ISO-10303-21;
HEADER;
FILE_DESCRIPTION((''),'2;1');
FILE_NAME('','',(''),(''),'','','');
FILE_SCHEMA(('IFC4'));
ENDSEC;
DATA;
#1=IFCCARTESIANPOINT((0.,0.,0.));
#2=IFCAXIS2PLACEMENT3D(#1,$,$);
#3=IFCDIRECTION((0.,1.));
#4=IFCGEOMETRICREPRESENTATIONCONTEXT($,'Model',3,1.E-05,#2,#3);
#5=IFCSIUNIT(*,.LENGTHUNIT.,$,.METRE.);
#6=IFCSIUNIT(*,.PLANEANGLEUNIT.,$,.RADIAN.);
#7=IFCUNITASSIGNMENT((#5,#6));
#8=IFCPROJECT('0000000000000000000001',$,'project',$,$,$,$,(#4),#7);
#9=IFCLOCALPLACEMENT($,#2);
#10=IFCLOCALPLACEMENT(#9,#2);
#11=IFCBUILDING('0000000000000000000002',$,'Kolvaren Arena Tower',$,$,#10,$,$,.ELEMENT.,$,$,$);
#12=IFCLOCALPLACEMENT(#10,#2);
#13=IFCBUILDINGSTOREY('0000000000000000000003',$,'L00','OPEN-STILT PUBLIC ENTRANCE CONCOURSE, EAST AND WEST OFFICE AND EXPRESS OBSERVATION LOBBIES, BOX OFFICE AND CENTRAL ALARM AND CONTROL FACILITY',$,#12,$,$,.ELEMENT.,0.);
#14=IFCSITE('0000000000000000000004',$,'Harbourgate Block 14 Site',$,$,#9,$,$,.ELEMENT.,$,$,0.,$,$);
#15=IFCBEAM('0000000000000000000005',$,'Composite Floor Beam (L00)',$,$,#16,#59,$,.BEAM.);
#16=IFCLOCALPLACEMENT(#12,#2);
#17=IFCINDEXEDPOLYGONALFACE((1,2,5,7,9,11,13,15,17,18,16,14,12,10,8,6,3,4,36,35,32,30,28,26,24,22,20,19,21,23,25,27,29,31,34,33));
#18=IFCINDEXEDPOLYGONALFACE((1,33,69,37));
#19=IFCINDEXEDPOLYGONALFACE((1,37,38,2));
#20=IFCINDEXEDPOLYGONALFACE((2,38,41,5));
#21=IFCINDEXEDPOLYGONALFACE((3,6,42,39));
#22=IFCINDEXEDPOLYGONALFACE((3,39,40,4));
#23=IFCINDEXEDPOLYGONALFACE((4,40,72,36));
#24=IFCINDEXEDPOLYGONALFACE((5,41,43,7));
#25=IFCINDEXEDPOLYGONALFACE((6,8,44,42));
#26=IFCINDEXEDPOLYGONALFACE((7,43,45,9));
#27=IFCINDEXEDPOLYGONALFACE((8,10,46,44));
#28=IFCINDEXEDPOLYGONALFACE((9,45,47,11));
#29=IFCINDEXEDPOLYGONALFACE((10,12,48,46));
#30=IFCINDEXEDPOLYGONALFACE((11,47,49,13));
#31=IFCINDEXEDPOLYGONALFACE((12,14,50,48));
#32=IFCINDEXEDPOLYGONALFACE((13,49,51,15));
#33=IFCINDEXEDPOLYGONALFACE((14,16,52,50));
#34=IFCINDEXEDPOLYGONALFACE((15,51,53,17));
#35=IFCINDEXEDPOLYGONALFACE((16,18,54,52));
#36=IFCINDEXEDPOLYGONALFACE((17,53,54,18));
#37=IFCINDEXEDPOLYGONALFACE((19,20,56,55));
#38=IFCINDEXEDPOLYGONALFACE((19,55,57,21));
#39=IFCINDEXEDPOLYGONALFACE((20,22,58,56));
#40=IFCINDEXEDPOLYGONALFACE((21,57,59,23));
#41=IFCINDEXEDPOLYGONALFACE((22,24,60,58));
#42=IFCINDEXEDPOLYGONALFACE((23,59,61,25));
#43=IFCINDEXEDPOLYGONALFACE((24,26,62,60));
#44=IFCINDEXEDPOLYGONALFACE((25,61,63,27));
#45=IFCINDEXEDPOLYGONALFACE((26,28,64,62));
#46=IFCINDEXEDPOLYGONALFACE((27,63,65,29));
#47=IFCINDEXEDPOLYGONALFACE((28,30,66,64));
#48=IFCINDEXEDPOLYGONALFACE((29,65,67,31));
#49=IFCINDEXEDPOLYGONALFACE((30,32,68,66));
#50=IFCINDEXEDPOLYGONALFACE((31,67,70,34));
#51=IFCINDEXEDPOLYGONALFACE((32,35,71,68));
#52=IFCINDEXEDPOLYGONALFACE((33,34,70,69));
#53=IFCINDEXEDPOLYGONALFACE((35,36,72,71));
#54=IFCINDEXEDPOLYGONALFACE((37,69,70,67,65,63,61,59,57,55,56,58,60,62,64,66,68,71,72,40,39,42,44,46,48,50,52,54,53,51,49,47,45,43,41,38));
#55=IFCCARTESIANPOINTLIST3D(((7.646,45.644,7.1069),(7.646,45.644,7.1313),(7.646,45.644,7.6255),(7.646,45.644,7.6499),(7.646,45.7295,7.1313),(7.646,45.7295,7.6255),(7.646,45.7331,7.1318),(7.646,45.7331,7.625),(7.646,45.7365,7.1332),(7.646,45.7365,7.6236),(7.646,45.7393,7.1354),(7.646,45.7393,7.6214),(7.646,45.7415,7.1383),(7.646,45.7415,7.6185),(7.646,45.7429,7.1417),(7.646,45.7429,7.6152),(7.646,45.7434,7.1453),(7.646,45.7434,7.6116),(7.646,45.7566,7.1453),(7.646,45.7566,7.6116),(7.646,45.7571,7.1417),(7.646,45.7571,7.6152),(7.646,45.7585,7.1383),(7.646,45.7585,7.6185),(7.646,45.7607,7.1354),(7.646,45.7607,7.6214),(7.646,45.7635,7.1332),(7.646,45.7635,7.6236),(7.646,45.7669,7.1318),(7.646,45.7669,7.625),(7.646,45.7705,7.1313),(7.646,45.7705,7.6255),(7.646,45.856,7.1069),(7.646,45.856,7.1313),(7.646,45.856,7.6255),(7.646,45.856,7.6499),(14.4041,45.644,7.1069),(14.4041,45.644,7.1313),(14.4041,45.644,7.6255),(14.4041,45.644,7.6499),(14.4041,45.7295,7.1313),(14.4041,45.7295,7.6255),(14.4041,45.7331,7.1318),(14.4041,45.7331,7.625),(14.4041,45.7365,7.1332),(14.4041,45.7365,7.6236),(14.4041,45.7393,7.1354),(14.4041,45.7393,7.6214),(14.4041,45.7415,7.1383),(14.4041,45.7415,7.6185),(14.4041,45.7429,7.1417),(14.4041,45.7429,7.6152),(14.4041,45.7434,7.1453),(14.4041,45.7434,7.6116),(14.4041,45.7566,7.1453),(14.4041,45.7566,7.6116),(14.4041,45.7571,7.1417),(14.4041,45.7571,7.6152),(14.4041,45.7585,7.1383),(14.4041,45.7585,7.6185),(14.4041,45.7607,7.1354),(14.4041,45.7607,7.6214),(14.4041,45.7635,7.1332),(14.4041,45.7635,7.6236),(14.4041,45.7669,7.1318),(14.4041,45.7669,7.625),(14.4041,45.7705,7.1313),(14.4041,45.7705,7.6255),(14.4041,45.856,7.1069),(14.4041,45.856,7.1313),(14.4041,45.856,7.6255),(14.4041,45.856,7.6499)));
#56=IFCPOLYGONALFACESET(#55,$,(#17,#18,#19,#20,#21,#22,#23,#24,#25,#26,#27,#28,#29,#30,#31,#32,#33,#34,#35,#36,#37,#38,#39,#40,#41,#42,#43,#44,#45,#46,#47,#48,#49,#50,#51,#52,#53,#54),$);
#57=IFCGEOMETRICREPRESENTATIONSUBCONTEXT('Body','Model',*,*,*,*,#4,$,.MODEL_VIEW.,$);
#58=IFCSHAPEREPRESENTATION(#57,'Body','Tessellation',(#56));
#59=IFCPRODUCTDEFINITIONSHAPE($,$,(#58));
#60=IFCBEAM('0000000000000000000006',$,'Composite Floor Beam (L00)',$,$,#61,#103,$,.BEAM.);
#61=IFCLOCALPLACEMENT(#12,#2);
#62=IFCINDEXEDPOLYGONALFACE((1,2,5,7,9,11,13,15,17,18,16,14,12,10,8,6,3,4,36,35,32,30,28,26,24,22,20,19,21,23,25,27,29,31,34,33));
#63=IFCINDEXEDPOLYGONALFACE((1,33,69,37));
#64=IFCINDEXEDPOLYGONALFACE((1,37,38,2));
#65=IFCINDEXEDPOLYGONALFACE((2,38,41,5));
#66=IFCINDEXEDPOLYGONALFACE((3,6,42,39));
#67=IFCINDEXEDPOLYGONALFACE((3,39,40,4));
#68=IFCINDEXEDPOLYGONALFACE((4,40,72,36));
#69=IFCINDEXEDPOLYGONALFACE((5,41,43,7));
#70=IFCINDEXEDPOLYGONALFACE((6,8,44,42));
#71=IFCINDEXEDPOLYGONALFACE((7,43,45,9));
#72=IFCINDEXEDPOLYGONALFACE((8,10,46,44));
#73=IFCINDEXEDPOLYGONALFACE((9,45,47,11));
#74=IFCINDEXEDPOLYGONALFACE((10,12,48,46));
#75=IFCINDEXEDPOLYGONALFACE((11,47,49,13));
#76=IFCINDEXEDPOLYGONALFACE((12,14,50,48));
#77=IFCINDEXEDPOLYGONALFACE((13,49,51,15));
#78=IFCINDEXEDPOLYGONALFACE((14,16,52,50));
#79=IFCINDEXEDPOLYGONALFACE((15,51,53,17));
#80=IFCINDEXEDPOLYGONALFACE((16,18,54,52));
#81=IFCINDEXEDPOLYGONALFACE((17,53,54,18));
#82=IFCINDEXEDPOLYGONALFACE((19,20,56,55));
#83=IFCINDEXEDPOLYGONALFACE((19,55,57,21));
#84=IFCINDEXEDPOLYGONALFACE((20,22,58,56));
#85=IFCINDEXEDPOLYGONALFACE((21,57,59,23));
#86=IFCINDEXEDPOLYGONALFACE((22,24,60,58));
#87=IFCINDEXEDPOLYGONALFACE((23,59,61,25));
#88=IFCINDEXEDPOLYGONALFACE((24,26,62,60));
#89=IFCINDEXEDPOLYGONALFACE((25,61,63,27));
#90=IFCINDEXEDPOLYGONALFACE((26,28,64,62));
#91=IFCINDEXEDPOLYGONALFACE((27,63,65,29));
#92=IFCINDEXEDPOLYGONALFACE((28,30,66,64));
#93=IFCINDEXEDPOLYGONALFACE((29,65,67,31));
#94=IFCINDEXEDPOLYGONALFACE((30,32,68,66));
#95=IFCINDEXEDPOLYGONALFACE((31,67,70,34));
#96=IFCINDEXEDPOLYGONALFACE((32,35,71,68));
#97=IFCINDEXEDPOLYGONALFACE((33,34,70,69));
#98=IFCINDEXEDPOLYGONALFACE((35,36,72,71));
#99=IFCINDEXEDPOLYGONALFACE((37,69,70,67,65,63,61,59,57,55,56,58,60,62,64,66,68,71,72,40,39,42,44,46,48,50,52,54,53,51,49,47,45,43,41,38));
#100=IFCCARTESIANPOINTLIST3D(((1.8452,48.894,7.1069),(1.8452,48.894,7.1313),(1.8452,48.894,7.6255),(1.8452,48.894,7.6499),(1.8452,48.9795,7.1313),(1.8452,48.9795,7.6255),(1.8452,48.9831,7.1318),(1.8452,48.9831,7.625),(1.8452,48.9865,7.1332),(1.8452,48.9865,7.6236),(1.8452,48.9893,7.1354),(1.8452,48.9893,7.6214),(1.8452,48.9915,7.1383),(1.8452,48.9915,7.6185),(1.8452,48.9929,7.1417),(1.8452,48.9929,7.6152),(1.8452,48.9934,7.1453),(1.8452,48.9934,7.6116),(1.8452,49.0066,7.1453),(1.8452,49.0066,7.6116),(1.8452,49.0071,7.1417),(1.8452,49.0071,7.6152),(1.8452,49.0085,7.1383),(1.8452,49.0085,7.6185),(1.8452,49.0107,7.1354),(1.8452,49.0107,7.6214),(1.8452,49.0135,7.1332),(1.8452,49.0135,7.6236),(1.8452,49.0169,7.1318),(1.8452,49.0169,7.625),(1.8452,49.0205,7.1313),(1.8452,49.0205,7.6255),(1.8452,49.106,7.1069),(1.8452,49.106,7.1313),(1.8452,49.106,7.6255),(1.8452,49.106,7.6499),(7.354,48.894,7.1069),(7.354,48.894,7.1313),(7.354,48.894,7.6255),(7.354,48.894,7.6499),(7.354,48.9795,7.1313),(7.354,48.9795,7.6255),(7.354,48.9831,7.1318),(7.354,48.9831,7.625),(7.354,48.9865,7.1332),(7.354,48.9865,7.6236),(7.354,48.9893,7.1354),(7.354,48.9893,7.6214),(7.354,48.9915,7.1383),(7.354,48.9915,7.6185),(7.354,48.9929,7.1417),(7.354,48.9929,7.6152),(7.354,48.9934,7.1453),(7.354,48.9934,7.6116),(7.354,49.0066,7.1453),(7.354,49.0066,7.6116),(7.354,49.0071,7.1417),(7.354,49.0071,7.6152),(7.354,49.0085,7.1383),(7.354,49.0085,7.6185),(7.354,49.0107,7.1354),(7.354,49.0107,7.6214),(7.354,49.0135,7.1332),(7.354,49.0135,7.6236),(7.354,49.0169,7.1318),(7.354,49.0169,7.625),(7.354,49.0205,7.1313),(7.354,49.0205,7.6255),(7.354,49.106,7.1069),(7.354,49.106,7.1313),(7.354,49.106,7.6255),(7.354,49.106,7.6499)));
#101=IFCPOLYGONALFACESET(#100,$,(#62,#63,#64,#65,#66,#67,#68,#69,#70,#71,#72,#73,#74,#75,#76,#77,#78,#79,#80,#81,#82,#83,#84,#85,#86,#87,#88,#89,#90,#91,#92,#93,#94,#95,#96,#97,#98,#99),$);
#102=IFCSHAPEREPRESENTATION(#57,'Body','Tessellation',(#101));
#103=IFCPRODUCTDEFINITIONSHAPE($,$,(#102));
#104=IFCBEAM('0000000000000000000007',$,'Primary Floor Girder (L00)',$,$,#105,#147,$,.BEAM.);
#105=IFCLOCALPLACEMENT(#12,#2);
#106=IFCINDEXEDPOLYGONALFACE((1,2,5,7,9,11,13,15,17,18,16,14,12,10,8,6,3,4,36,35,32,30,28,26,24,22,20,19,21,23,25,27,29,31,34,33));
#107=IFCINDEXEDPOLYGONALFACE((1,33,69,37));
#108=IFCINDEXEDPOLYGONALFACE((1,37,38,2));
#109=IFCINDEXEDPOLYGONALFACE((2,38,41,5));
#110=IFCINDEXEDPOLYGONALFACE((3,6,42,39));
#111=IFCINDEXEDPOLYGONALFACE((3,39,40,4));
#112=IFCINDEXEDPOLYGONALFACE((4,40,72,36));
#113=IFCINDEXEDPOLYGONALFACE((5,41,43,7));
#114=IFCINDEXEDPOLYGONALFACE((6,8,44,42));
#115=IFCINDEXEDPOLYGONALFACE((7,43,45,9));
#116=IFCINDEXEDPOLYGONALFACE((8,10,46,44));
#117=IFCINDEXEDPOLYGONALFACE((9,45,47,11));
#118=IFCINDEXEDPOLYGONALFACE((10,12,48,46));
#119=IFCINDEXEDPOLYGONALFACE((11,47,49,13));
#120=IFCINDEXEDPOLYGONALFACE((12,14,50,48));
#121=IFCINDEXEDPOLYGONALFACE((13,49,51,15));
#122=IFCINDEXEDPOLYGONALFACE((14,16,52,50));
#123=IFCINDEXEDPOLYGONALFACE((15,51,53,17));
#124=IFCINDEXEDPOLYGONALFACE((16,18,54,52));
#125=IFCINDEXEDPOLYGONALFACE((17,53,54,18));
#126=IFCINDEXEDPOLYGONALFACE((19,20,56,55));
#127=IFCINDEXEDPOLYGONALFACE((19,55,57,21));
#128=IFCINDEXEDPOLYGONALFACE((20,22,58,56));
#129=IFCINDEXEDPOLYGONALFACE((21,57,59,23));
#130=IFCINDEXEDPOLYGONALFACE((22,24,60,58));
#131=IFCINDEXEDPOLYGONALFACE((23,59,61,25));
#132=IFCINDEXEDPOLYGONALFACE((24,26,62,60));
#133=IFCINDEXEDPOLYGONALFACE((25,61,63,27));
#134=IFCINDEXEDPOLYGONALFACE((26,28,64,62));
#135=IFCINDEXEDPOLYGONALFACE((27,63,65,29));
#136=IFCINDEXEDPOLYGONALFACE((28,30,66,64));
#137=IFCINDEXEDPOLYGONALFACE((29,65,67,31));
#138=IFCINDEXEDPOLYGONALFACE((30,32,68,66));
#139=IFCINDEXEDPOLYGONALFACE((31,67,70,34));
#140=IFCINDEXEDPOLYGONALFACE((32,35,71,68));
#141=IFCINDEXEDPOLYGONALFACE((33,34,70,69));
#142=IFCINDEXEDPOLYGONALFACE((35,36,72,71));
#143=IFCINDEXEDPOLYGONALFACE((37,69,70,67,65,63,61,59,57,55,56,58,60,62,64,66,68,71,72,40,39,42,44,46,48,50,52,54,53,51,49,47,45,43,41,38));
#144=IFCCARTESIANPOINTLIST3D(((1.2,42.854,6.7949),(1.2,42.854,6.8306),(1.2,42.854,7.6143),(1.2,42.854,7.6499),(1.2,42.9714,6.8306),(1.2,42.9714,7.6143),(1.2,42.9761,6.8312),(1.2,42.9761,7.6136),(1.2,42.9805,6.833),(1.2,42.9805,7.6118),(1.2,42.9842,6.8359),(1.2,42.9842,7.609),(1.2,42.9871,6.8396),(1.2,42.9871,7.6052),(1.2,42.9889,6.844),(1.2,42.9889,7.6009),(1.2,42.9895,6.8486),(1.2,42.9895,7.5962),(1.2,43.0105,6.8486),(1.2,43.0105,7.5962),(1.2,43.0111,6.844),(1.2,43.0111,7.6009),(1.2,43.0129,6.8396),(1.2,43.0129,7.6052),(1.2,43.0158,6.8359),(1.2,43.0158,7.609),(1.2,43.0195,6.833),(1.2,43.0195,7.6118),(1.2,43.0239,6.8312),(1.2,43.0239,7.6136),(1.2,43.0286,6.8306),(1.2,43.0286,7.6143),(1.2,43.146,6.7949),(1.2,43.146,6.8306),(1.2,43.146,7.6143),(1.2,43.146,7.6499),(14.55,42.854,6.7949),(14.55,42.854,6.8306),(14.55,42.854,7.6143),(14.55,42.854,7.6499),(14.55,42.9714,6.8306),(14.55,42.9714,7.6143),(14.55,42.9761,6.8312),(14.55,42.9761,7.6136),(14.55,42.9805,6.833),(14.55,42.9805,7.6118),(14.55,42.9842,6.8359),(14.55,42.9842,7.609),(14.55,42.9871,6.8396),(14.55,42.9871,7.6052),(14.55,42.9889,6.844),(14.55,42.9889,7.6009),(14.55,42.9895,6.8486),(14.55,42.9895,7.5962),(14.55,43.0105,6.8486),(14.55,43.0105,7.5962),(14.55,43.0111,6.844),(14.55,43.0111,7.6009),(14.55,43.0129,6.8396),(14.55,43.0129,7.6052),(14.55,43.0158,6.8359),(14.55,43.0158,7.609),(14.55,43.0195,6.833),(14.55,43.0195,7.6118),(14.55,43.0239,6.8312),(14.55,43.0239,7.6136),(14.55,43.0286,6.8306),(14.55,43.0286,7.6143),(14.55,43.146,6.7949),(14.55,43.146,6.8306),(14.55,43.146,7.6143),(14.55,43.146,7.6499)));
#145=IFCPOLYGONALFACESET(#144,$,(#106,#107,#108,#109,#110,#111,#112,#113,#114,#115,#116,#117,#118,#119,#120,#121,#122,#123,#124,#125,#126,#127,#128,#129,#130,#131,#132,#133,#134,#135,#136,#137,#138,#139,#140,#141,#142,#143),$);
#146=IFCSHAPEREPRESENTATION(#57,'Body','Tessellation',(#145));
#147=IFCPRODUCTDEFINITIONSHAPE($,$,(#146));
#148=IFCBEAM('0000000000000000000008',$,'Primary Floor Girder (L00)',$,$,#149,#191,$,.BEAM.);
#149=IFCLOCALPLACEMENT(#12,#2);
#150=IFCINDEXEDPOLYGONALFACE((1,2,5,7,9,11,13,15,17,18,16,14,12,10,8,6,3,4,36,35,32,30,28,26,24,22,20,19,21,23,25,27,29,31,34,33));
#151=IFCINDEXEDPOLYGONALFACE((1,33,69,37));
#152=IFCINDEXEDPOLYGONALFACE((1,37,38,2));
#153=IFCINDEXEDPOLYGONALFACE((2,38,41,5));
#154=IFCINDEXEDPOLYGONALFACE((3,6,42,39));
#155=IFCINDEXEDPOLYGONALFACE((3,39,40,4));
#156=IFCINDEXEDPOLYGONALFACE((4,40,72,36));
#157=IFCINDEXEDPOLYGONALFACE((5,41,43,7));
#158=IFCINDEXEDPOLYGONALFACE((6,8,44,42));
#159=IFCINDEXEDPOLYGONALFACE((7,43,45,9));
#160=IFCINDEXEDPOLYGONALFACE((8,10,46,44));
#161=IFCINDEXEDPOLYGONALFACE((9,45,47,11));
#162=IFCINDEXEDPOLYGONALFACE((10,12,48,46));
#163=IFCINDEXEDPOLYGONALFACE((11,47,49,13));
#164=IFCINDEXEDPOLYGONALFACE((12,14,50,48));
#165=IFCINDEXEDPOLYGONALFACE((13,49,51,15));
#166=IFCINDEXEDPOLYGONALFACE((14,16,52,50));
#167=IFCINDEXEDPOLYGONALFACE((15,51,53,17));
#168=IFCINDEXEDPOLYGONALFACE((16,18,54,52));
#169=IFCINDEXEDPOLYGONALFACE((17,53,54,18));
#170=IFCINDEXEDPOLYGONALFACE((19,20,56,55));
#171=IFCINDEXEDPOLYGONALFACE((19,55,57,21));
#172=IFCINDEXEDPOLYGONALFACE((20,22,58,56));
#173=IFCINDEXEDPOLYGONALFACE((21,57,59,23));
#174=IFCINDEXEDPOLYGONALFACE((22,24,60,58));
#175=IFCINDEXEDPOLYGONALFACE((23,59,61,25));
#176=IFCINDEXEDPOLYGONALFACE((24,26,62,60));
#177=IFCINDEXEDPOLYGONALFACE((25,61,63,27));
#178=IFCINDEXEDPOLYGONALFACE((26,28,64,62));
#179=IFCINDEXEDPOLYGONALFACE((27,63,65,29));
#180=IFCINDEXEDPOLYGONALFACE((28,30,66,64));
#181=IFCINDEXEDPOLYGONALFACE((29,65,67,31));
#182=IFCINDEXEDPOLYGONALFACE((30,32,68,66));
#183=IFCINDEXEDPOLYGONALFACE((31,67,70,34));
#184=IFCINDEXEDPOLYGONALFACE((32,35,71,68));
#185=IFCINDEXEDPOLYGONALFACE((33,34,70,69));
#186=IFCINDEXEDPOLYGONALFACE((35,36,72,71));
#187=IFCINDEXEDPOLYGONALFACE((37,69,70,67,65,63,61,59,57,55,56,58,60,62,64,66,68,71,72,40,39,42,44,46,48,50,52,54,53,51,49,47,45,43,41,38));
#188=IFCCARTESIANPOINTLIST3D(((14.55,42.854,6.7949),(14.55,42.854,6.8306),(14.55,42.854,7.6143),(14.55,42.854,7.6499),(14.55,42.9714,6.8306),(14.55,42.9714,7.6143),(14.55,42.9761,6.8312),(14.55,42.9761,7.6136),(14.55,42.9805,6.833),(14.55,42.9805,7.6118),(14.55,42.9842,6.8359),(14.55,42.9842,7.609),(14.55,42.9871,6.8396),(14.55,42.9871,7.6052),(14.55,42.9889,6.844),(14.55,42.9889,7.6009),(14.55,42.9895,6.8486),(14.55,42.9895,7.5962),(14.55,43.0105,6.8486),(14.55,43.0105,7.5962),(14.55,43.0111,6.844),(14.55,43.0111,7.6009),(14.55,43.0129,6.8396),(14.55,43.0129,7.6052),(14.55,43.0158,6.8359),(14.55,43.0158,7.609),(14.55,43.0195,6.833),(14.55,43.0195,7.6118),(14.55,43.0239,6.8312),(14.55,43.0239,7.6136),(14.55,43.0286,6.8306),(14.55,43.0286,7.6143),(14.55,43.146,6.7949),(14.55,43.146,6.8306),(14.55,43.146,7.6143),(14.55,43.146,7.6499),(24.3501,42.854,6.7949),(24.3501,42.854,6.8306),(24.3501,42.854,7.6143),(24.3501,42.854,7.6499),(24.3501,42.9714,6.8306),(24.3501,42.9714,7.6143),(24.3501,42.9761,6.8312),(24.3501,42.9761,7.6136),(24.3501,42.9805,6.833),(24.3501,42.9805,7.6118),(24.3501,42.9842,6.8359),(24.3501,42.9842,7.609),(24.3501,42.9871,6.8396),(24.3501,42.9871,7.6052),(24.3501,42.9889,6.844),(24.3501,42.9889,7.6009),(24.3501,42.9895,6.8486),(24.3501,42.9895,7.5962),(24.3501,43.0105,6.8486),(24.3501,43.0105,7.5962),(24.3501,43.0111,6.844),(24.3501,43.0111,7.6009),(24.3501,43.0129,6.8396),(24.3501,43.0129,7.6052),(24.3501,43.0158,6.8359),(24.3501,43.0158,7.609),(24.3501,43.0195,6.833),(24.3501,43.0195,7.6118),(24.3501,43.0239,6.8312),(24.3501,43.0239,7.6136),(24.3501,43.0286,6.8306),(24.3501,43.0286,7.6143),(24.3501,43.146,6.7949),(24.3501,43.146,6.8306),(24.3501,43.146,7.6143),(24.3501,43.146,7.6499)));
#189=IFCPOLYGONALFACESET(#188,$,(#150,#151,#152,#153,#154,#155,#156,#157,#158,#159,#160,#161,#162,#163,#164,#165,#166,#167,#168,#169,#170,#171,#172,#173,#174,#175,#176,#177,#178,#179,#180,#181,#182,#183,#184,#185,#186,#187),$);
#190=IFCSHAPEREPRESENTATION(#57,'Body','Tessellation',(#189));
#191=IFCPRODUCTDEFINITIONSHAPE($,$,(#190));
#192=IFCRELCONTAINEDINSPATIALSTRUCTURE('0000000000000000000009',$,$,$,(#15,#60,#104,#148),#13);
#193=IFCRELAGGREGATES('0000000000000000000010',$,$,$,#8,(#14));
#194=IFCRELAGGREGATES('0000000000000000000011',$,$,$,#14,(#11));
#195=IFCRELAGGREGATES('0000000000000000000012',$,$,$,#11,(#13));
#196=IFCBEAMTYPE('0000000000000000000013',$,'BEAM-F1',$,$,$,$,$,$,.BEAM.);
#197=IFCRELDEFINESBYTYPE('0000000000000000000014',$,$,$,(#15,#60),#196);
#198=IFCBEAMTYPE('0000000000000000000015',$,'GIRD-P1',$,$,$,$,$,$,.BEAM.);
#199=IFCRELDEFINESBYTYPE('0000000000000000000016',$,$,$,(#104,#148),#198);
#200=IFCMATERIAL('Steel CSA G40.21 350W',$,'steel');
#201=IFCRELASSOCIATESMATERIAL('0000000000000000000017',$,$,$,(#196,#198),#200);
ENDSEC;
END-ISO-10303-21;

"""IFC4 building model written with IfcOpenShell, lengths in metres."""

from ifc_helpers import new_model, si_unit, direction, frame, origin, origin_2d, place, context, subcontext, project, spatial, i_section, extrude, material, material_profile, profile_set, type_object, element, save


model = new_model("IFC4")

# Units and contexts
model_context = context("Model", 3, precision=1e-05, world=origin(), true_north=direction((0.0, 1.0)))
body_context = subcontext(model_context, "Body", "Model", "MODEL_VIEW")
ifc_project = project(units=[si_unit("LENGTHUNIT", "METRE"), si_unit("PLANEANGLEUNIT", "RADIAN")], contexts=[model_context])

# Site, building, storey
site_placement = place(None, origin())
site = spatial("IfcSite", under=ifc_project, at=site_placement, Name="Harbourgate Block 14 Site", CompositionType="ELEMENT", RefElevation=0.0)
building_placement = place(site_placement, origin())
building = spatial("IfcBuilding", under=site, at=building_placement, Name="Kolvaren Arena Tower", CompositionType="ELEMENT")
storey_placement = place(building_placement, origin())
storey = spatial("IfcBuildingStorey", under=building, at=storey_placement, Name="L00", Description="OPEN-STILT PUBLIC ENTRANCE CONCOURSE, EAST AND WEST OFFICE AND EXPRESS OBSERVATION LOBBIES, BOX OFFICE AND CENTRAL ALARM AND CONTROL FACILITY", CompositionType="ELEMENT", Elevation=0.0)

# Beams
ifc_material_1 = material(Name="Steel CSA G40.21 350W", Category="steel")
ifc_material_profile_1 = material_profile(ifc_material_1, i_section(OverallWidth=0.2119, OverallDepth=0.543, WebThickness=0.0132, FlangeThickness=0.0244, FilletRadius=0.0139, at=origin_2d()), Name="W530x150")
ifc_profile_set_1 = profile_set([ifc_material_profile_1], Name="Steel CSA G40.21 350W")
beam_type_1 = type_object("IfcBeamType", Name="BEAM-F1", PredefinedType="BEAM", material=ifc_profile_set_1)
beam_1_placement = place(storey_placement, frame((7.646, 45.75, 7.3784), z_axis=(1.0, 0.0, 0.0), x_axis=(0.0, 1.0, 0.0)))
element("IfcBeam", 1, at=beam_1_placement, inside=storey, type_object=beam_type_1, Name="Composite Floor Beam (L00)", PredefinedType="BEAM", context=body_context, shape_type="SweptSolid", body=[
    extrude(i_section(OverallWidth=0.2119, OverallDepth=0.543, WebThickness=0.0132, FlangeThickness=0.0244, FilletRadius=0.0139, at=origin_2d()), origin(), (0.0, 0.0, 1.0), 6.7581),
])
beam_2_placement = place(storey_placement, frame((1.8452, 49.0, 7.3784), z_axis=(1.0, 0.0, 0.0), x_axis=(0.0, 1.0, 0.0)))
element("IfcBeam", 2, at=beam_2_placement, inside=storey, type_object=beam_type_1, Name="Composite Floor Beam (L00)", PredefinedType="BEAM", context=body_context, shape_type="SweptSolid", body=[
    extrude(i_section(OverallWidth=0.2119, OverallDepth=0.543, WebThickness=0.0132, FlangeThickness=0.0244, FilletRadius=0.0139, at=origin_2d()), origin(), (0.0, 0.0, 1.0), 5.5088),
])
ifc_material_profile_2 = material_profile(ifc_material_1, i_section(OverallWidth=0.292, OverallDepth=0.855, WebThickness=0.021, FlangeThickness=0.0356, FilletRadius=0.0181, at=origin_2d()), Name="W840x299")
ifc_profile_set_2 = profile_set([ifc_material_profile_2], Name="Steel CSA G40.21 350W")
beam_type_2 = type_object("IfcBeamType", Name="GIRD-P1", PredefinedType="BEAM", material=ifc_profile_set_2)
beam_3_placement = place(storey_placement, frame((1.2, 43.0, 7.2224), z_axis=(1.0, 0.0, 0.0), x_axis=(0.0, 1.0, 0.0)))
element("IfcBeam", 3, at=beam_3_placement, inside=storey, type_object=beam_type_2, Name="Primary Floor Girder (L00)", PredefinedType="BEAM", context=body_context, shape_type="SweptSolid", body=[
    extrude(i_section(OverallWidth=0.292, OverallDepth=0.855, WebThickness=0.021, FlangeThickness=0.0356, FilletRadius=0.0181, at=origin_2d()), origin(), (0.0, 0.0, 1.0), 13.3501),
])
beam_4_placement = place(storey_placement, frame((14.55, 43.0, 7.2224), z_axis=(1.0, 0.0, 0.0), x_axis=(0.0, 1.0, 0.0)))
element("IfcBeam", 4, at=beam_4_placement, inside=storey, type_object=beam_type_2, Name="Primary Floor Girder (L00)", PredefinedType="BEAM", context=body_context, shape_type="SweptSolid", body=[
    extrude(i_section(OverallWidth=0.292, OverallDepth=0.855, WebThickness=0.021, FlangeThickness=0.0356, FilletRadius=0.0181, at=origin_2d()), origin(), (0.0, 0.0, 1.0), 9.8),
])

save(model, "model.ifc")
